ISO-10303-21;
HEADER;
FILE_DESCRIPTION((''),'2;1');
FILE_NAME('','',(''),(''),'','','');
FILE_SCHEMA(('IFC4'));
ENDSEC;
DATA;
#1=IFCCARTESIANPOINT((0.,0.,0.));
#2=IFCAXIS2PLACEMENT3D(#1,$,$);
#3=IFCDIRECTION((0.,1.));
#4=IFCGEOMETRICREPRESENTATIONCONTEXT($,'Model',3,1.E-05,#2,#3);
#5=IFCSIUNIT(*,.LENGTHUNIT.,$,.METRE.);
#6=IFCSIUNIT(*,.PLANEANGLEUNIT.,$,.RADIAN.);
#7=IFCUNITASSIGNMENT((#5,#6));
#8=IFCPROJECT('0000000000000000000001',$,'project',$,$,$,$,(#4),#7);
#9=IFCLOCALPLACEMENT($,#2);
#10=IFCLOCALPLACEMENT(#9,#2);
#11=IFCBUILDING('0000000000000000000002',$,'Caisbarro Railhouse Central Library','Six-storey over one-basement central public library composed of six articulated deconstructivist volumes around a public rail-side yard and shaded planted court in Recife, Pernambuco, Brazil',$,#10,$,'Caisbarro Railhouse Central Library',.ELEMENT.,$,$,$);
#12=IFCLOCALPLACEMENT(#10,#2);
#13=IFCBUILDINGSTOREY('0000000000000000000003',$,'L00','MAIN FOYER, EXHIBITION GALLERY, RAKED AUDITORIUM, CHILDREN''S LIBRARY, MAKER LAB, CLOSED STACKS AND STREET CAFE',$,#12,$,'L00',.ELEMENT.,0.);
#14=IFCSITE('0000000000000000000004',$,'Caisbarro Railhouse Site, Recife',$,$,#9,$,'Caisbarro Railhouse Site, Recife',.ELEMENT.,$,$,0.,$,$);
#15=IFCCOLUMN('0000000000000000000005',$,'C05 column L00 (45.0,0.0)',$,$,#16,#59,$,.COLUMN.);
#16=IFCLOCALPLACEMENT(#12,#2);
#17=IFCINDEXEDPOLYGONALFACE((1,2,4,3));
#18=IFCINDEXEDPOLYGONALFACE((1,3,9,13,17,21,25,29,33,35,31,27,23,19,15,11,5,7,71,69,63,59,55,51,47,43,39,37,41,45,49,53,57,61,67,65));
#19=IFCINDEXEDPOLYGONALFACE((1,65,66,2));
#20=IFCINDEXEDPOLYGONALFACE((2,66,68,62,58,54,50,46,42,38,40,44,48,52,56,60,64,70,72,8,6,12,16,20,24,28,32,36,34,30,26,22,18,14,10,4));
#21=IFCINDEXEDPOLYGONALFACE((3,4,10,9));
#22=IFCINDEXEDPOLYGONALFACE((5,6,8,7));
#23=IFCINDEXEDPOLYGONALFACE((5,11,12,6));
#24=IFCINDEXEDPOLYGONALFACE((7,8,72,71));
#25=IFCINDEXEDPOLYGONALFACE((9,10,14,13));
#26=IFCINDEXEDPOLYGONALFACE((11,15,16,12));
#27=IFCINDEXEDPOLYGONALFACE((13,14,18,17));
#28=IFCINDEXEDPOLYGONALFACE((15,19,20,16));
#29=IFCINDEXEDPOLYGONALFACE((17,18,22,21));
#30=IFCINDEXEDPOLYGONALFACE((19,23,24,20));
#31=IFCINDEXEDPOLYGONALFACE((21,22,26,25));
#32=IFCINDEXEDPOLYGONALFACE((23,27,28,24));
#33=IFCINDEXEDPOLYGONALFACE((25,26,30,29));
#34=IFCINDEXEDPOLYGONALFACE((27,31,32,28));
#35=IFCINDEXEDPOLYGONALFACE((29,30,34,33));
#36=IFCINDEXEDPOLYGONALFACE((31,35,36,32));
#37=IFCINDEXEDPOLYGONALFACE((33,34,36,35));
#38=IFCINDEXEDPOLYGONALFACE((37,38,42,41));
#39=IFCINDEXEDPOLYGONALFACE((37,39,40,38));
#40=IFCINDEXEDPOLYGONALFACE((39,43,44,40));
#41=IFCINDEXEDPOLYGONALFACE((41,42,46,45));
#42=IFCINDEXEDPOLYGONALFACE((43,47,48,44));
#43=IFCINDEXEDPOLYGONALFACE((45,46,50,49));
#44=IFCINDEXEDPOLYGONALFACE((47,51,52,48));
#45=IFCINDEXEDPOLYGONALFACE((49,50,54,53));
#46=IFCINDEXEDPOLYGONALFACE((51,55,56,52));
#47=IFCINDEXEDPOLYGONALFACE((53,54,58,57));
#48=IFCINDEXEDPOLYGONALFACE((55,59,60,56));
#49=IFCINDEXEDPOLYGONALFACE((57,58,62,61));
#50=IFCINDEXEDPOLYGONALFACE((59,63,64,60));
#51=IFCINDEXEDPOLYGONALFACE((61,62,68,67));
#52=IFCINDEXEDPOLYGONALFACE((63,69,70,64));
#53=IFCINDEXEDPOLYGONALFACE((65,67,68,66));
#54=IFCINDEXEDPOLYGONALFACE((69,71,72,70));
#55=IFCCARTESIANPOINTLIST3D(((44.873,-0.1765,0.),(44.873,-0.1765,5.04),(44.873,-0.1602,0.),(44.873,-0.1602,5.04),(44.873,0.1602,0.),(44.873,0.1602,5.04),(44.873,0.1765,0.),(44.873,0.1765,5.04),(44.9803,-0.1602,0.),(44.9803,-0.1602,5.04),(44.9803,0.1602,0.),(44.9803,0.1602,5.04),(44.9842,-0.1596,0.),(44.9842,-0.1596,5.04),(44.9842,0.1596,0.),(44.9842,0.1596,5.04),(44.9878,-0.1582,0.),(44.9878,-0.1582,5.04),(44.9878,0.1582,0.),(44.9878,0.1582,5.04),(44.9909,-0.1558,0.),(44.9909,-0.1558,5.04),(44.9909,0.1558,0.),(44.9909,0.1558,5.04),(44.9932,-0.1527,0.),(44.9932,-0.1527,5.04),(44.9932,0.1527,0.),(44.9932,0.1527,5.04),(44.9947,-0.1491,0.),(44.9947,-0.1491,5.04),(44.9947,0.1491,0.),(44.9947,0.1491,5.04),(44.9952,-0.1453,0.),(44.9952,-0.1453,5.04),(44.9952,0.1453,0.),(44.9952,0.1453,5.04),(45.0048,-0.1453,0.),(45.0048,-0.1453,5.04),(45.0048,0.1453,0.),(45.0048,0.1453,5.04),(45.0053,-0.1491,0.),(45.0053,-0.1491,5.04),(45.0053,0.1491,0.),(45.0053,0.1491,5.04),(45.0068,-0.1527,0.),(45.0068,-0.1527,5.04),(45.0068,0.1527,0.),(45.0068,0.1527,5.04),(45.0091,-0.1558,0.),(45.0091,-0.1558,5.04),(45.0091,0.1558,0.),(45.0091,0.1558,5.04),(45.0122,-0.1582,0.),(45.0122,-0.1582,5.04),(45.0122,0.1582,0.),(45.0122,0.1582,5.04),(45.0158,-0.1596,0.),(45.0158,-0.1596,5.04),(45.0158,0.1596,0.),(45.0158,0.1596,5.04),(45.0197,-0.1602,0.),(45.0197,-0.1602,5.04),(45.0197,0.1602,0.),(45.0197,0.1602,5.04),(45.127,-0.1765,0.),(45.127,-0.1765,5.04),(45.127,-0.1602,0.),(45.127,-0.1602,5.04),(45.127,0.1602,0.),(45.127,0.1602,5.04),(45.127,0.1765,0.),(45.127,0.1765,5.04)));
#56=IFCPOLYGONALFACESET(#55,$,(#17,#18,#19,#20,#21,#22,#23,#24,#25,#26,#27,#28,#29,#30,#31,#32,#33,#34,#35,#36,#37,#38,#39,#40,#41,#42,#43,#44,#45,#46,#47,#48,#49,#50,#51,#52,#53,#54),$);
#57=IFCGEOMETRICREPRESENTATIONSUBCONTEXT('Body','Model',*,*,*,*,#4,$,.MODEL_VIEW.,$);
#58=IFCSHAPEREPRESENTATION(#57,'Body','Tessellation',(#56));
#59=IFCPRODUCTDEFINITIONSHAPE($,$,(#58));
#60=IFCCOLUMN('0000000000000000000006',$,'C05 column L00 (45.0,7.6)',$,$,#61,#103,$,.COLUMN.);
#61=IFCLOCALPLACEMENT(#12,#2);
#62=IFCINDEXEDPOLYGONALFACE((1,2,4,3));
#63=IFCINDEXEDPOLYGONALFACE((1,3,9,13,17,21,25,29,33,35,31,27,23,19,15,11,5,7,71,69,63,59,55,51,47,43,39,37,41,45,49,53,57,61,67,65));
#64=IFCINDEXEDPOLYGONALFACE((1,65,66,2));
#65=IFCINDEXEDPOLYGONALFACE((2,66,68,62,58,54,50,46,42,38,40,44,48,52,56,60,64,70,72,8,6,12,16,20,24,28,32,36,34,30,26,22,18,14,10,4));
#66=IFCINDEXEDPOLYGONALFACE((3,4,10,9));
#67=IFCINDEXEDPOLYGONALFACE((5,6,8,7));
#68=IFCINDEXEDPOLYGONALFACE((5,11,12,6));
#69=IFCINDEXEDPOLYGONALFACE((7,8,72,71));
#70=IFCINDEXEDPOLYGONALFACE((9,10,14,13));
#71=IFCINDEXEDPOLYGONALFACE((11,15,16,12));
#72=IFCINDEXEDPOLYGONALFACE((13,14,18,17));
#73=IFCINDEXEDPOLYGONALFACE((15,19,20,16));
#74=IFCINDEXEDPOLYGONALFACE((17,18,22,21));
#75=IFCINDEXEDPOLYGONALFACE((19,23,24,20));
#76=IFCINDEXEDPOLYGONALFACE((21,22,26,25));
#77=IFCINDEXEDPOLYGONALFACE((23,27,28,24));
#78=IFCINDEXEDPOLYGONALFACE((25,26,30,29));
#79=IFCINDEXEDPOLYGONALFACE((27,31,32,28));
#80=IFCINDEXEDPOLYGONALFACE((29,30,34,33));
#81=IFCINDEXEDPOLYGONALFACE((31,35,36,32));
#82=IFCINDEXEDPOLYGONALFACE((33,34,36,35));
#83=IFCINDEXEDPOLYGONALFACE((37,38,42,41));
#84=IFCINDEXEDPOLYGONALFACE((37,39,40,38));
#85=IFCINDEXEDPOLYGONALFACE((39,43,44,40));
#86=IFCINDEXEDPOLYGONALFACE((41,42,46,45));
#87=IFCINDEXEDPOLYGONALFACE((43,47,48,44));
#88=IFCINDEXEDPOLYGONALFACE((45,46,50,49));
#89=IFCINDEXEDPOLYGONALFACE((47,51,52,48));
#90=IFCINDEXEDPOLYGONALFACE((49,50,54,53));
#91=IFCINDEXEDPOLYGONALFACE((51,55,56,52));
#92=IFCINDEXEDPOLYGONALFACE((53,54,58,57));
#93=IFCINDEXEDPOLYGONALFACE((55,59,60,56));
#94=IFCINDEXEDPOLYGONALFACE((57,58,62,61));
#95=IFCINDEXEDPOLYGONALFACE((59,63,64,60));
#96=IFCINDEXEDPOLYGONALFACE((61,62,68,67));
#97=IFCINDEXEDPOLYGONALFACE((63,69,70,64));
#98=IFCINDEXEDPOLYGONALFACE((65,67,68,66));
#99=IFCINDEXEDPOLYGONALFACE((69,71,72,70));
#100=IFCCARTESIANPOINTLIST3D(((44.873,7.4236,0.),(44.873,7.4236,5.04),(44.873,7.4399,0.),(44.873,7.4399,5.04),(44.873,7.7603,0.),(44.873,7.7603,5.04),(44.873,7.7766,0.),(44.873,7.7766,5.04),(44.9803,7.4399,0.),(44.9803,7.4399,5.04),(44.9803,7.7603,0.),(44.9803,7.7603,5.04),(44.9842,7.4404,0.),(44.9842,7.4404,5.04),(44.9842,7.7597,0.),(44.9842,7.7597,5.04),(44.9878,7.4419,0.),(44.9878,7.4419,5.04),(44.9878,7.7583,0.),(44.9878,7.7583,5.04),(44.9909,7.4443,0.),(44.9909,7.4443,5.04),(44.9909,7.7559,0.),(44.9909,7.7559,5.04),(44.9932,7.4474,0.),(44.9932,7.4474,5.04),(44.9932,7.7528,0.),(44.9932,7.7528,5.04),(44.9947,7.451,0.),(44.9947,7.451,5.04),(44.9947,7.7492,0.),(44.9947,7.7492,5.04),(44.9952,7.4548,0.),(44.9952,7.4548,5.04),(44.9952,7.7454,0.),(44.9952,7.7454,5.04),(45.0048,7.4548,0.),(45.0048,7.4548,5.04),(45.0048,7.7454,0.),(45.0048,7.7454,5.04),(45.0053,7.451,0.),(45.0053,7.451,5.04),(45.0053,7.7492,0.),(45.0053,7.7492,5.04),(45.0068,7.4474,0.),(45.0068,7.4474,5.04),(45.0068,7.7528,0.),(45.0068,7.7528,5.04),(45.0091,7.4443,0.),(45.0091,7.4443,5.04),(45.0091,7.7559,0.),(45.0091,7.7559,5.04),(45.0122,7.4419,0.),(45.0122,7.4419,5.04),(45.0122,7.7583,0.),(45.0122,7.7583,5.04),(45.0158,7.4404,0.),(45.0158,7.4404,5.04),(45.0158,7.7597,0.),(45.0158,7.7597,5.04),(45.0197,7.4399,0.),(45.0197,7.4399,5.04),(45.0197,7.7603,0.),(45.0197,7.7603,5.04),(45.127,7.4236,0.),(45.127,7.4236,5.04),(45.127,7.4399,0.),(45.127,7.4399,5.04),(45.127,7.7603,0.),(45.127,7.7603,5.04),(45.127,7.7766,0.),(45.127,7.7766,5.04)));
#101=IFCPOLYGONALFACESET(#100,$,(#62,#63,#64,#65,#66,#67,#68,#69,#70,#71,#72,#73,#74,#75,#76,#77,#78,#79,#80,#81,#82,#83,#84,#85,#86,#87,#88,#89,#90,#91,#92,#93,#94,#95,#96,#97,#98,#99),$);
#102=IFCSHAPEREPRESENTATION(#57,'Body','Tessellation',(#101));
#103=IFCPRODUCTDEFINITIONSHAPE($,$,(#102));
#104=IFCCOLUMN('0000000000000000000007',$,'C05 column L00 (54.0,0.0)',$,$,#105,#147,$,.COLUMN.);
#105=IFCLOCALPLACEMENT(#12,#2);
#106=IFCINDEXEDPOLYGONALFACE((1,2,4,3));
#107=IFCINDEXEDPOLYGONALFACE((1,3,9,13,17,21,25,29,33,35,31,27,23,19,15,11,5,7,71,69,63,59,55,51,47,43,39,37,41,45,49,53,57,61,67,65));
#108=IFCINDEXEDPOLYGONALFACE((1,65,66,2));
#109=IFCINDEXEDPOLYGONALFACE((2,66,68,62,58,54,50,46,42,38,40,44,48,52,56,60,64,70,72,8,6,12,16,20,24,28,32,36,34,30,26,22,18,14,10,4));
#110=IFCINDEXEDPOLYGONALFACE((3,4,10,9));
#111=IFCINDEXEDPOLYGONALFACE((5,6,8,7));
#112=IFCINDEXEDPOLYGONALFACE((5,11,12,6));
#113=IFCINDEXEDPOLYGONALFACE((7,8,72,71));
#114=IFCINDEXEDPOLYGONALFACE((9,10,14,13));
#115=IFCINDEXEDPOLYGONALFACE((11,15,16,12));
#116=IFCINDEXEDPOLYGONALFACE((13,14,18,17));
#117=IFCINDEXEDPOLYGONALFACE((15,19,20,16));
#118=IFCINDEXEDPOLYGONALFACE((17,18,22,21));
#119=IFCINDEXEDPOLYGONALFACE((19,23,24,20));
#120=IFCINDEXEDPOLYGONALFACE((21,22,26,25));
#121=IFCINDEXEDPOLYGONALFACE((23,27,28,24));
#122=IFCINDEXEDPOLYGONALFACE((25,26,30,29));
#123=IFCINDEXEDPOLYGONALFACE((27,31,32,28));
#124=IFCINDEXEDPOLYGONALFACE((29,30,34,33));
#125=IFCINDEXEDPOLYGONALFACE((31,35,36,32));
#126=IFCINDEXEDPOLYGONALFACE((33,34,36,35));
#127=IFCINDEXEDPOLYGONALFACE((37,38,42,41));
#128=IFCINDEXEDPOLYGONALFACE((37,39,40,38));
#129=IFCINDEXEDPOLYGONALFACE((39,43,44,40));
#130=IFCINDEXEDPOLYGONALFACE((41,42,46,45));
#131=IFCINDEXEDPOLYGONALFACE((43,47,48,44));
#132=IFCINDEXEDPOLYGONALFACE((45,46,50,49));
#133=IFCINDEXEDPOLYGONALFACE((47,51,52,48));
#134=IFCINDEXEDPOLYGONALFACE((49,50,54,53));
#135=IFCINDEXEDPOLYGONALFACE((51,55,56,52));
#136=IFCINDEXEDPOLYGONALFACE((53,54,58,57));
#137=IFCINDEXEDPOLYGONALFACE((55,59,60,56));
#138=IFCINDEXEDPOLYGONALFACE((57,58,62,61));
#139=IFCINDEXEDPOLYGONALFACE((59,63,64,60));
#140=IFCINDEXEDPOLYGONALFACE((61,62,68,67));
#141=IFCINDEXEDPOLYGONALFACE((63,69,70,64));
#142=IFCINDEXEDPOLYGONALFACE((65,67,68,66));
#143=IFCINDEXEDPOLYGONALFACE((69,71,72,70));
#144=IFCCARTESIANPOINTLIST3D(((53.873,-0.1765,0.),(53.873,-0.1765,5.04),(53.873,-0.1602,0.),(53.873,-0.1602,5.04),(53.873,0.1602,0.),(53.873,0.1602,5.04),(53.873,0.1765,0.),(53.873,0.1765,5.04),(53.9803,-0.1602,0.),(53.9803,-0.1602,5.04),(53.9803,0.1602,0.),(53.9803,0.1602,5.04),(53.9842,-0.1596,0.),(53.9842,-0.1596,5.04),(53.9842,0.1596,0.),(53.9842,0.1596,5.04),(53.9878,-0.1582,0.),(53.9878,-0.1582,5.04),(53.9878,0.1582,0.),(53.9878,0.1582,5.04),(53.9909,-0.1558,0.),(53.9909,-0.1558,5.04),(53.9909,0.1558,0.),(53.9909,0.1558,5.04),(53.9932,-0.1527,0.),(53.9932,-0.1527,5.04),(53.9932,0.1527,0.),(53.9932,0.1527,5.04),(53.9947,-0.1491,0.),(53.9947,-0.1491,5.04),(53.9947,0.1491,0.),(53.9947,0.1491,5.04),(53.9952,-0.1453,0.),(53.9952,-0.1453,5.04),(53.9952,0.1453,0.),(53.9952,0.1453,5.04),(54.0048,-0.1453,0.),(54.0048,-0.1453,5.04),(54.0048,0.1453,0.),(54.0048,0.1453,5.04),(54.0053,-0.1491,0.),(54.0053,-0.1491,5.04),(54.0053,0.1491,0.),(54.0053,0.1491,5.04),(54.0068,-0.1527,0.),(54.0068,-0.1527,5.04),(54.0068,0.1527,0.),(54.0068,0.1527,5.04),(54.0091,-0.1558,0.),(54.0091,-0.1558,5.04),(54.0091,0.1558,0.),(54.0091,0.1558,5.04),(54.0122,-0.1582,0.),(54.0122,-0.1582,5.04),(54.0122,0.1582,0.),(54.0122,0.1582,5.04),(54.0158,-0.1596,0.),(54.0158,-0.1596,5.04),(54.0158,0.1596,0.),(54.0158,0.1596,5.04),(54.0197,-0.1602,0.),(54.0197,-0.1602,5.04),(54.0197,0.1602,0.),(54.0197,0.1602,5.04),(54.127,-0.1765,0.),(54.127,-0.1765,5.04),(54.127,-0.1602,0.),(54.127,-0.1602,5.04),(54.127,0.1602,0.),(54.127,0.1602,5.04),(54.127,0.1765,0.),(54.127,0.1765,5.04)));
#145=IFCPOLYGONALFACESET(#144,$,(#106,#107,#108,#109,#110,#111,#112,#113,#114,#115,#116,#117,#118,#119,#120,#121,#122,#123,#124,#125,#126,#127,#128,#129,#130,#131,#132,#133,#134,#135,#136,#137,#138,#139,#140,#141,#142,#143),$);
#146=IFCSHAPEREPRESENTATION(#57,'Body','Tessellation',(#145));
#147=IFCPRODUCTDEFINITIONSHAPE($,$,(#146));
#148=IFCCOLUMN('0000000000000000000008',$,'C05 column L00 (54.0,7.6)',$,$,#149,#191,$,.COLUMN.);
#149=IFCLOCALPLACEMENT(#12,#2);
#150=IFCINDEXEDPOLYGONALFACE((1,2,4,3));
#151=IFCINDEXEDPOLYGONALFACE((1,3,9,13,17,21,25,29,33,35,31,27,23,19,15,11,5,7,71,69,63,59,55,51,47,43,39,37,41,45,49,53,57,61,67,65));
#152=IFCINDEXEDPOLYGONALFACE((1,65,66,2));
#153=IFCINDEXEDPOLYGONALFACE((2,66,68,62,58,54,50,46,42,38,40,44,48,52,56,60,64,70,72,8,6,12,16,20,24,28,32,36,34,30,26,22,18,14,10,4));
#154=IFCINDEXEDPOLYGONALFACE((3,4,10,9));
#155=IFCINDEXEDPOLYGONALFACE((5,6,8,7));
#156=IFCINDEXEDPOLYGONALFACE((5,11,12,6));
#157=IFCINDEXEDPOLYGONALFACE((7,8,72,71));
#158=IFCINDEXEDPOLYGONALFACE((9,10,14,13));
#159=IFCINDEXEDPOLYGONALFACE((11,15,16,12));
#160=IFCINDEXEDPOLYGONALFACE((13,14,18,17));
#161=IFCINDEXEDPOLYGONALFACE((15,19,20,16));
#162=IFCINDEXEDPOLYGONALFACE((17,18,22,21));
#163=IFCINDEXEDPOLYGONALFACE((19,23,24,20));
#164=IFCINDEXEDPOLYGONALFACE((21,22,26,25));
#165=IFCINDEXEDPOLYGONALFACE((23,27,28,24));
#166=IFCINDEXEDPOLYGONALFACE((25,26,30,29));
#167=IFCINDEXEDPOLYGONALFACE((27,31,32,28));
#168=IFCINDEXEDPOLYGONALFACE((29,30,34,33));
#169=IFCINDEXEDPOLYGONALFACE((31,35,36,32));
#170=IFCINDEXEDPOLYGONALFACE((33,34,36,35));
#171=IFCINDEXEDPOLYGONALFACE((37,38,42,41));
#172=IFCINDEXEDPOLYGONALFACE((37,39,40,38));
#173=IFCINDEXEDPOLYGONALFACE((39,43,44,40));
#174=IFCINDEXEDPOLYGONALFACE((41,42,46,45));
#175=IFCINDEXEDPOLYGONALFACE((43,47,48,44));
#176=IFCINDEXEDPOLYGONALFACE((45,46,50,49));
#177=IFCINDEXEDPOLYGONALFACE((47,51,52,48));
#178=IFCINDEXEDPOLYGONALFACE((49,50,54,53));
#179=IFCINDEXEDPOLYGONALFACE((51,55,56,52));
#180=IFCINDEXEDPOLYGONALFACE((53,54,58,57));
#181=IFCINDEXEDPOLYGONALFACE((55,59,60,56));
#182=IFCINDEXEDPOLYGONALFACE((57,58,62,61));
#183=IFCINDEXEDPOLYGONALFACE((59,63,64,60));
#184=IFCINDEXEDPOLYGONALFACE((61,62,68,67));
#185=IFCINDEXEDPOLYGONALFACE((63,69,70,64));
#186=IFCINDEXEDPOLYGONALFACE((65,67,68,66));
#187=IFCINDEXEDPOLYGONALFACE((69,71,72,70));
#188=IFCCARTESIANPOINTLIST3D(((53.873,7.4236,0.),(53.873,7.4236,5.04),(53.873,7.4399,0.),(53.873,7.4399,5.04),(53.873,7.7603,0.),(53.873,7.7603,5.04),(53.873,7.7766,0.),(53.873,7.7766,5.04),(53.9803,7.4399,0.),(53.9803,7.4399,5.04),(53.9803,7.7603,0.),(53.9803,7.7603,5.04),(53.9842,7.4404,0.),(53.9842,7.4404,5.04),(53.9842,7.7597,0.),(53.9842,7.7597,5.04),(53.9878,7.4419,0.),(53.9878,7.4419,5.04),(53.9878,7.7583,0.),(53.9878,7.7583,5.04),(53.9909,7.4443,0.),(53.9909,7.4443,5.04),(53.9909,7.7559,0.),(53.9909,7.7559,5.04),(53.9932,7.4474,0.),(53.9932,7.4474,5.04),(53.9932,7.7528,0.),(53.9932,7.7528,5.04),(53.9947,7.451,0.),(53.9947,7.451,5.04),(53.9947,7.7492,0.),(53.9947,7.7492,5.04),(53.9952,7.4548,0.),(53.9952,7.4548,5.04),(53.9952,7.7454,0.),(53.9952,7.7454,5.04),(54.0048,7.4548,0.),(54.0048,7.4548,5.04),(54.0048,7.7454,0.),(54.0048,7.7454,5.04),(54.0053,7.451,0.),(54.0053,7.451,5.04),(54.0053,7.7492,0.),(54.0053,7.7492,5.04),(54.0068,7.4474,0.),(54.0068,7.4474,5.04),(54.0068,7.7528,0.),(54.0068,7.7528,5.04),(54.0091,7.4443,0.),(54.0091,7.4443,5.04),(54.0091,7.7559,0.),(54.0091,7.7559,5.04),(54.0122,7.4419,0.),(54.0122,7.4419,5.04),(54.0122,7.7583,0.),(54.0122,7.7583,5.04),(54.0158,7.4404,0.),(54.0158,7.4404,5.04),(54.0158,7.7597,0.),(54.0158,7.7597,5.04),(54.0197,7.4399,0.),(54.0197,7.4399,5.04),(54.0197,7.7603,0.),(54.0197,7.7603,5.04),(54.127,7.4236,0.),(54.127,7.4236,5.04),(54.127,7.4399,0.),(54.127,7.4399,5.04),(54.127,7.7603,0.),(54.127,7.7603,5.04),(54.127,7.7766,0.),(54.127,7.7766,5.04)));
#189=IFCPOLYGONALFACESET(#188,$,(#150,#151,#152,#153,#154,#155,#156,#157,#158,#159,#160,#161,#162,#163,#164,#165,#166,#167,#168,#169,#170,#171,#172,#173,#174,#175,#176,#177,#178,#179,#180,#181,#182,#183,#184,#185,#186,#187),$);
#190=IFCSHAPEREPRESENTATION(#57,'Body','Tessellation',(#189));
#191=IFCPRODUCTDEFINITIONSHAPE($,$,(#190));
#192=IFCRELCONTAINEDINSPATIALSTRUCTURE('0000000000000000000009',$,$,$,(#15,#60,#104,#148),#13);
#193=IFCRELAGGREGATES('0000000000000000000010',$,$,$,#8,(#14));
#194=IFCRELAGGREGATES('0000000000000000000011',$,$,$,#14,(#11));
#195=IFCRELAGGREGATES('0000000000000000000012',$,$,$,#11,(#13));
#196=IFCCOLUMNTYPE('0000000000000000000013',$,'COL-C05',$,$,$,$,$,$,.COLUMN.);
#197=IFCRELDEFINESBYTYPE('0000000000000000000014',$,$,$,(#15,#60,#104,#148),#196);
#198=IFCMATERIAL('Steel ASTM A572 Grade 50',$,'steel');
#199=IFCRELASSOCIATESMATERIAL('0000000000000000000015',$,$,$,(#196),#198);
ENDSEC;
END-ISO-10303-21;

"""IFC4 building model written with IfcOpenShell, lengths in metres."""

from ifc_helpers import new_model, si_unit, direction, frame, origin, origin_2d, place, context, subcontext, project, spatial, i_section, extrude, material, material_profile, profile_set, type_object, element, save


model = new_model("IFC4")

# Units and contexts
model_context = context("Model", 3, precision=1e-05, world=origin(), true_north=direction((0.0, 1.0)))
body_context = subcontext(model_context, "Body", "Model", "MODEL_VIEW")
ifc_project = project(units=[si_unit("LENGTHUNIT", "METRE"), si_unit("PLANEANGLEUNIT", "RADIAN")], contexts=[model_context])

# Site, building, storey
site_placement = place(None, origin())
site = spatial("IfcSite", under=ifc_project, at=site_placement, Name="Caisbarro Railhouse Site, Recife", LongName="Caisbarro Railhouse Site, Recife", CompositionType="ELEMENT", RefElevation=0.0)
building_placement = place(site_placement, origin())
building = spatial("IfcBuilding", under=site, at=building_placement, Name="Caisbarro Railhouse Central Library", Description="Six-storey over one-basement central public library composed of six articulated deconstructivist volumes around a public rail-side yard and shaded planted court in Recife, Pernambuco, Brazil", LongName="Caisbarro Railhouse Central Library", CompositionType="ELEMENT")
storey_placement = place(building_placement, origin())
storey = spatial("IfcBuildingStorey", under=building, at=storey_placement, Name="L00", Description="MAIN FOYER, EXHIBITION GALLERY, RAKED AUDITORIUM, CHILDREN'S LIBRARY, MAKER LAB, CLOSED STACKS AND STREET CAFE", LongName="L00", CompositionType="ELEMENT", Elevation=0.0)

# Columns
ifc_material_1 = material(Name="Steel ASTM A572 Grade 50", Category="steel")
ifc_material_profile_1 = material_profile(ifc_material_1, i_section(OverallWidth=0.2539, OverallDepth=0.353, WebThickness=0.0095, FlangeThickness=0.0164, FilletRadius=0.0149, at=origin_2d()), Name="W360X91.0")
ifc_profile_set_1 = profile_set([ifc_material_profile_1], Name="Steel ASTM A572 Grade 50")
column_type = type_object("IfcColumnType", Name="COL-C05", PredefinedType="COLUMN", material=ifc_profile_set_1)
for number, where, z_axis, x_axis, name in (
    (1, (45.0, 0.0, 0.0), (0.0, 0.0, 1.0), (1.0, 0.0, 0.0), "C05 column L00 (45.0,0.0)"),
    (2, (45.0, 7.6001, 0.0), (0.0, 0.0, 1.0), (1.0, 0.0, 0.0), "C05 column L00 (45.0,7.6)"),
    (3, (54.0, 0.0, 0.0), (0.0, 0.0, 1.0), (1.0, 0.0, 0.0), "C05 column L00 (54.0,0.0)"),
    (4, (54.0, 7.6001, 0.0), (0.0, 0.0, 1.0), (1.0, 0.0, 0.0), "C05 column L00 (54.0,7.6)"),
):
    element("IfcColumn", number, at=place(storey_placement, frame(where, z_axis=z_axis, x_axis=x_axis)), inside=storey, type_object=column_type, Name=name, PredefinedType="COLUMN", context=body_context, shape_type="SweptSolid", body=[
        extrude(i_section(OverallWidth=0.2539, OverallDepth=0.353, WebThickness=0.0095, FlangeThickness=0.0164, FilletRadius=0.0149, at=origin_2d()), origin(), (0.0, 0.0, 1.0), 5.04),
    ])

save(model, "model.ifc")
